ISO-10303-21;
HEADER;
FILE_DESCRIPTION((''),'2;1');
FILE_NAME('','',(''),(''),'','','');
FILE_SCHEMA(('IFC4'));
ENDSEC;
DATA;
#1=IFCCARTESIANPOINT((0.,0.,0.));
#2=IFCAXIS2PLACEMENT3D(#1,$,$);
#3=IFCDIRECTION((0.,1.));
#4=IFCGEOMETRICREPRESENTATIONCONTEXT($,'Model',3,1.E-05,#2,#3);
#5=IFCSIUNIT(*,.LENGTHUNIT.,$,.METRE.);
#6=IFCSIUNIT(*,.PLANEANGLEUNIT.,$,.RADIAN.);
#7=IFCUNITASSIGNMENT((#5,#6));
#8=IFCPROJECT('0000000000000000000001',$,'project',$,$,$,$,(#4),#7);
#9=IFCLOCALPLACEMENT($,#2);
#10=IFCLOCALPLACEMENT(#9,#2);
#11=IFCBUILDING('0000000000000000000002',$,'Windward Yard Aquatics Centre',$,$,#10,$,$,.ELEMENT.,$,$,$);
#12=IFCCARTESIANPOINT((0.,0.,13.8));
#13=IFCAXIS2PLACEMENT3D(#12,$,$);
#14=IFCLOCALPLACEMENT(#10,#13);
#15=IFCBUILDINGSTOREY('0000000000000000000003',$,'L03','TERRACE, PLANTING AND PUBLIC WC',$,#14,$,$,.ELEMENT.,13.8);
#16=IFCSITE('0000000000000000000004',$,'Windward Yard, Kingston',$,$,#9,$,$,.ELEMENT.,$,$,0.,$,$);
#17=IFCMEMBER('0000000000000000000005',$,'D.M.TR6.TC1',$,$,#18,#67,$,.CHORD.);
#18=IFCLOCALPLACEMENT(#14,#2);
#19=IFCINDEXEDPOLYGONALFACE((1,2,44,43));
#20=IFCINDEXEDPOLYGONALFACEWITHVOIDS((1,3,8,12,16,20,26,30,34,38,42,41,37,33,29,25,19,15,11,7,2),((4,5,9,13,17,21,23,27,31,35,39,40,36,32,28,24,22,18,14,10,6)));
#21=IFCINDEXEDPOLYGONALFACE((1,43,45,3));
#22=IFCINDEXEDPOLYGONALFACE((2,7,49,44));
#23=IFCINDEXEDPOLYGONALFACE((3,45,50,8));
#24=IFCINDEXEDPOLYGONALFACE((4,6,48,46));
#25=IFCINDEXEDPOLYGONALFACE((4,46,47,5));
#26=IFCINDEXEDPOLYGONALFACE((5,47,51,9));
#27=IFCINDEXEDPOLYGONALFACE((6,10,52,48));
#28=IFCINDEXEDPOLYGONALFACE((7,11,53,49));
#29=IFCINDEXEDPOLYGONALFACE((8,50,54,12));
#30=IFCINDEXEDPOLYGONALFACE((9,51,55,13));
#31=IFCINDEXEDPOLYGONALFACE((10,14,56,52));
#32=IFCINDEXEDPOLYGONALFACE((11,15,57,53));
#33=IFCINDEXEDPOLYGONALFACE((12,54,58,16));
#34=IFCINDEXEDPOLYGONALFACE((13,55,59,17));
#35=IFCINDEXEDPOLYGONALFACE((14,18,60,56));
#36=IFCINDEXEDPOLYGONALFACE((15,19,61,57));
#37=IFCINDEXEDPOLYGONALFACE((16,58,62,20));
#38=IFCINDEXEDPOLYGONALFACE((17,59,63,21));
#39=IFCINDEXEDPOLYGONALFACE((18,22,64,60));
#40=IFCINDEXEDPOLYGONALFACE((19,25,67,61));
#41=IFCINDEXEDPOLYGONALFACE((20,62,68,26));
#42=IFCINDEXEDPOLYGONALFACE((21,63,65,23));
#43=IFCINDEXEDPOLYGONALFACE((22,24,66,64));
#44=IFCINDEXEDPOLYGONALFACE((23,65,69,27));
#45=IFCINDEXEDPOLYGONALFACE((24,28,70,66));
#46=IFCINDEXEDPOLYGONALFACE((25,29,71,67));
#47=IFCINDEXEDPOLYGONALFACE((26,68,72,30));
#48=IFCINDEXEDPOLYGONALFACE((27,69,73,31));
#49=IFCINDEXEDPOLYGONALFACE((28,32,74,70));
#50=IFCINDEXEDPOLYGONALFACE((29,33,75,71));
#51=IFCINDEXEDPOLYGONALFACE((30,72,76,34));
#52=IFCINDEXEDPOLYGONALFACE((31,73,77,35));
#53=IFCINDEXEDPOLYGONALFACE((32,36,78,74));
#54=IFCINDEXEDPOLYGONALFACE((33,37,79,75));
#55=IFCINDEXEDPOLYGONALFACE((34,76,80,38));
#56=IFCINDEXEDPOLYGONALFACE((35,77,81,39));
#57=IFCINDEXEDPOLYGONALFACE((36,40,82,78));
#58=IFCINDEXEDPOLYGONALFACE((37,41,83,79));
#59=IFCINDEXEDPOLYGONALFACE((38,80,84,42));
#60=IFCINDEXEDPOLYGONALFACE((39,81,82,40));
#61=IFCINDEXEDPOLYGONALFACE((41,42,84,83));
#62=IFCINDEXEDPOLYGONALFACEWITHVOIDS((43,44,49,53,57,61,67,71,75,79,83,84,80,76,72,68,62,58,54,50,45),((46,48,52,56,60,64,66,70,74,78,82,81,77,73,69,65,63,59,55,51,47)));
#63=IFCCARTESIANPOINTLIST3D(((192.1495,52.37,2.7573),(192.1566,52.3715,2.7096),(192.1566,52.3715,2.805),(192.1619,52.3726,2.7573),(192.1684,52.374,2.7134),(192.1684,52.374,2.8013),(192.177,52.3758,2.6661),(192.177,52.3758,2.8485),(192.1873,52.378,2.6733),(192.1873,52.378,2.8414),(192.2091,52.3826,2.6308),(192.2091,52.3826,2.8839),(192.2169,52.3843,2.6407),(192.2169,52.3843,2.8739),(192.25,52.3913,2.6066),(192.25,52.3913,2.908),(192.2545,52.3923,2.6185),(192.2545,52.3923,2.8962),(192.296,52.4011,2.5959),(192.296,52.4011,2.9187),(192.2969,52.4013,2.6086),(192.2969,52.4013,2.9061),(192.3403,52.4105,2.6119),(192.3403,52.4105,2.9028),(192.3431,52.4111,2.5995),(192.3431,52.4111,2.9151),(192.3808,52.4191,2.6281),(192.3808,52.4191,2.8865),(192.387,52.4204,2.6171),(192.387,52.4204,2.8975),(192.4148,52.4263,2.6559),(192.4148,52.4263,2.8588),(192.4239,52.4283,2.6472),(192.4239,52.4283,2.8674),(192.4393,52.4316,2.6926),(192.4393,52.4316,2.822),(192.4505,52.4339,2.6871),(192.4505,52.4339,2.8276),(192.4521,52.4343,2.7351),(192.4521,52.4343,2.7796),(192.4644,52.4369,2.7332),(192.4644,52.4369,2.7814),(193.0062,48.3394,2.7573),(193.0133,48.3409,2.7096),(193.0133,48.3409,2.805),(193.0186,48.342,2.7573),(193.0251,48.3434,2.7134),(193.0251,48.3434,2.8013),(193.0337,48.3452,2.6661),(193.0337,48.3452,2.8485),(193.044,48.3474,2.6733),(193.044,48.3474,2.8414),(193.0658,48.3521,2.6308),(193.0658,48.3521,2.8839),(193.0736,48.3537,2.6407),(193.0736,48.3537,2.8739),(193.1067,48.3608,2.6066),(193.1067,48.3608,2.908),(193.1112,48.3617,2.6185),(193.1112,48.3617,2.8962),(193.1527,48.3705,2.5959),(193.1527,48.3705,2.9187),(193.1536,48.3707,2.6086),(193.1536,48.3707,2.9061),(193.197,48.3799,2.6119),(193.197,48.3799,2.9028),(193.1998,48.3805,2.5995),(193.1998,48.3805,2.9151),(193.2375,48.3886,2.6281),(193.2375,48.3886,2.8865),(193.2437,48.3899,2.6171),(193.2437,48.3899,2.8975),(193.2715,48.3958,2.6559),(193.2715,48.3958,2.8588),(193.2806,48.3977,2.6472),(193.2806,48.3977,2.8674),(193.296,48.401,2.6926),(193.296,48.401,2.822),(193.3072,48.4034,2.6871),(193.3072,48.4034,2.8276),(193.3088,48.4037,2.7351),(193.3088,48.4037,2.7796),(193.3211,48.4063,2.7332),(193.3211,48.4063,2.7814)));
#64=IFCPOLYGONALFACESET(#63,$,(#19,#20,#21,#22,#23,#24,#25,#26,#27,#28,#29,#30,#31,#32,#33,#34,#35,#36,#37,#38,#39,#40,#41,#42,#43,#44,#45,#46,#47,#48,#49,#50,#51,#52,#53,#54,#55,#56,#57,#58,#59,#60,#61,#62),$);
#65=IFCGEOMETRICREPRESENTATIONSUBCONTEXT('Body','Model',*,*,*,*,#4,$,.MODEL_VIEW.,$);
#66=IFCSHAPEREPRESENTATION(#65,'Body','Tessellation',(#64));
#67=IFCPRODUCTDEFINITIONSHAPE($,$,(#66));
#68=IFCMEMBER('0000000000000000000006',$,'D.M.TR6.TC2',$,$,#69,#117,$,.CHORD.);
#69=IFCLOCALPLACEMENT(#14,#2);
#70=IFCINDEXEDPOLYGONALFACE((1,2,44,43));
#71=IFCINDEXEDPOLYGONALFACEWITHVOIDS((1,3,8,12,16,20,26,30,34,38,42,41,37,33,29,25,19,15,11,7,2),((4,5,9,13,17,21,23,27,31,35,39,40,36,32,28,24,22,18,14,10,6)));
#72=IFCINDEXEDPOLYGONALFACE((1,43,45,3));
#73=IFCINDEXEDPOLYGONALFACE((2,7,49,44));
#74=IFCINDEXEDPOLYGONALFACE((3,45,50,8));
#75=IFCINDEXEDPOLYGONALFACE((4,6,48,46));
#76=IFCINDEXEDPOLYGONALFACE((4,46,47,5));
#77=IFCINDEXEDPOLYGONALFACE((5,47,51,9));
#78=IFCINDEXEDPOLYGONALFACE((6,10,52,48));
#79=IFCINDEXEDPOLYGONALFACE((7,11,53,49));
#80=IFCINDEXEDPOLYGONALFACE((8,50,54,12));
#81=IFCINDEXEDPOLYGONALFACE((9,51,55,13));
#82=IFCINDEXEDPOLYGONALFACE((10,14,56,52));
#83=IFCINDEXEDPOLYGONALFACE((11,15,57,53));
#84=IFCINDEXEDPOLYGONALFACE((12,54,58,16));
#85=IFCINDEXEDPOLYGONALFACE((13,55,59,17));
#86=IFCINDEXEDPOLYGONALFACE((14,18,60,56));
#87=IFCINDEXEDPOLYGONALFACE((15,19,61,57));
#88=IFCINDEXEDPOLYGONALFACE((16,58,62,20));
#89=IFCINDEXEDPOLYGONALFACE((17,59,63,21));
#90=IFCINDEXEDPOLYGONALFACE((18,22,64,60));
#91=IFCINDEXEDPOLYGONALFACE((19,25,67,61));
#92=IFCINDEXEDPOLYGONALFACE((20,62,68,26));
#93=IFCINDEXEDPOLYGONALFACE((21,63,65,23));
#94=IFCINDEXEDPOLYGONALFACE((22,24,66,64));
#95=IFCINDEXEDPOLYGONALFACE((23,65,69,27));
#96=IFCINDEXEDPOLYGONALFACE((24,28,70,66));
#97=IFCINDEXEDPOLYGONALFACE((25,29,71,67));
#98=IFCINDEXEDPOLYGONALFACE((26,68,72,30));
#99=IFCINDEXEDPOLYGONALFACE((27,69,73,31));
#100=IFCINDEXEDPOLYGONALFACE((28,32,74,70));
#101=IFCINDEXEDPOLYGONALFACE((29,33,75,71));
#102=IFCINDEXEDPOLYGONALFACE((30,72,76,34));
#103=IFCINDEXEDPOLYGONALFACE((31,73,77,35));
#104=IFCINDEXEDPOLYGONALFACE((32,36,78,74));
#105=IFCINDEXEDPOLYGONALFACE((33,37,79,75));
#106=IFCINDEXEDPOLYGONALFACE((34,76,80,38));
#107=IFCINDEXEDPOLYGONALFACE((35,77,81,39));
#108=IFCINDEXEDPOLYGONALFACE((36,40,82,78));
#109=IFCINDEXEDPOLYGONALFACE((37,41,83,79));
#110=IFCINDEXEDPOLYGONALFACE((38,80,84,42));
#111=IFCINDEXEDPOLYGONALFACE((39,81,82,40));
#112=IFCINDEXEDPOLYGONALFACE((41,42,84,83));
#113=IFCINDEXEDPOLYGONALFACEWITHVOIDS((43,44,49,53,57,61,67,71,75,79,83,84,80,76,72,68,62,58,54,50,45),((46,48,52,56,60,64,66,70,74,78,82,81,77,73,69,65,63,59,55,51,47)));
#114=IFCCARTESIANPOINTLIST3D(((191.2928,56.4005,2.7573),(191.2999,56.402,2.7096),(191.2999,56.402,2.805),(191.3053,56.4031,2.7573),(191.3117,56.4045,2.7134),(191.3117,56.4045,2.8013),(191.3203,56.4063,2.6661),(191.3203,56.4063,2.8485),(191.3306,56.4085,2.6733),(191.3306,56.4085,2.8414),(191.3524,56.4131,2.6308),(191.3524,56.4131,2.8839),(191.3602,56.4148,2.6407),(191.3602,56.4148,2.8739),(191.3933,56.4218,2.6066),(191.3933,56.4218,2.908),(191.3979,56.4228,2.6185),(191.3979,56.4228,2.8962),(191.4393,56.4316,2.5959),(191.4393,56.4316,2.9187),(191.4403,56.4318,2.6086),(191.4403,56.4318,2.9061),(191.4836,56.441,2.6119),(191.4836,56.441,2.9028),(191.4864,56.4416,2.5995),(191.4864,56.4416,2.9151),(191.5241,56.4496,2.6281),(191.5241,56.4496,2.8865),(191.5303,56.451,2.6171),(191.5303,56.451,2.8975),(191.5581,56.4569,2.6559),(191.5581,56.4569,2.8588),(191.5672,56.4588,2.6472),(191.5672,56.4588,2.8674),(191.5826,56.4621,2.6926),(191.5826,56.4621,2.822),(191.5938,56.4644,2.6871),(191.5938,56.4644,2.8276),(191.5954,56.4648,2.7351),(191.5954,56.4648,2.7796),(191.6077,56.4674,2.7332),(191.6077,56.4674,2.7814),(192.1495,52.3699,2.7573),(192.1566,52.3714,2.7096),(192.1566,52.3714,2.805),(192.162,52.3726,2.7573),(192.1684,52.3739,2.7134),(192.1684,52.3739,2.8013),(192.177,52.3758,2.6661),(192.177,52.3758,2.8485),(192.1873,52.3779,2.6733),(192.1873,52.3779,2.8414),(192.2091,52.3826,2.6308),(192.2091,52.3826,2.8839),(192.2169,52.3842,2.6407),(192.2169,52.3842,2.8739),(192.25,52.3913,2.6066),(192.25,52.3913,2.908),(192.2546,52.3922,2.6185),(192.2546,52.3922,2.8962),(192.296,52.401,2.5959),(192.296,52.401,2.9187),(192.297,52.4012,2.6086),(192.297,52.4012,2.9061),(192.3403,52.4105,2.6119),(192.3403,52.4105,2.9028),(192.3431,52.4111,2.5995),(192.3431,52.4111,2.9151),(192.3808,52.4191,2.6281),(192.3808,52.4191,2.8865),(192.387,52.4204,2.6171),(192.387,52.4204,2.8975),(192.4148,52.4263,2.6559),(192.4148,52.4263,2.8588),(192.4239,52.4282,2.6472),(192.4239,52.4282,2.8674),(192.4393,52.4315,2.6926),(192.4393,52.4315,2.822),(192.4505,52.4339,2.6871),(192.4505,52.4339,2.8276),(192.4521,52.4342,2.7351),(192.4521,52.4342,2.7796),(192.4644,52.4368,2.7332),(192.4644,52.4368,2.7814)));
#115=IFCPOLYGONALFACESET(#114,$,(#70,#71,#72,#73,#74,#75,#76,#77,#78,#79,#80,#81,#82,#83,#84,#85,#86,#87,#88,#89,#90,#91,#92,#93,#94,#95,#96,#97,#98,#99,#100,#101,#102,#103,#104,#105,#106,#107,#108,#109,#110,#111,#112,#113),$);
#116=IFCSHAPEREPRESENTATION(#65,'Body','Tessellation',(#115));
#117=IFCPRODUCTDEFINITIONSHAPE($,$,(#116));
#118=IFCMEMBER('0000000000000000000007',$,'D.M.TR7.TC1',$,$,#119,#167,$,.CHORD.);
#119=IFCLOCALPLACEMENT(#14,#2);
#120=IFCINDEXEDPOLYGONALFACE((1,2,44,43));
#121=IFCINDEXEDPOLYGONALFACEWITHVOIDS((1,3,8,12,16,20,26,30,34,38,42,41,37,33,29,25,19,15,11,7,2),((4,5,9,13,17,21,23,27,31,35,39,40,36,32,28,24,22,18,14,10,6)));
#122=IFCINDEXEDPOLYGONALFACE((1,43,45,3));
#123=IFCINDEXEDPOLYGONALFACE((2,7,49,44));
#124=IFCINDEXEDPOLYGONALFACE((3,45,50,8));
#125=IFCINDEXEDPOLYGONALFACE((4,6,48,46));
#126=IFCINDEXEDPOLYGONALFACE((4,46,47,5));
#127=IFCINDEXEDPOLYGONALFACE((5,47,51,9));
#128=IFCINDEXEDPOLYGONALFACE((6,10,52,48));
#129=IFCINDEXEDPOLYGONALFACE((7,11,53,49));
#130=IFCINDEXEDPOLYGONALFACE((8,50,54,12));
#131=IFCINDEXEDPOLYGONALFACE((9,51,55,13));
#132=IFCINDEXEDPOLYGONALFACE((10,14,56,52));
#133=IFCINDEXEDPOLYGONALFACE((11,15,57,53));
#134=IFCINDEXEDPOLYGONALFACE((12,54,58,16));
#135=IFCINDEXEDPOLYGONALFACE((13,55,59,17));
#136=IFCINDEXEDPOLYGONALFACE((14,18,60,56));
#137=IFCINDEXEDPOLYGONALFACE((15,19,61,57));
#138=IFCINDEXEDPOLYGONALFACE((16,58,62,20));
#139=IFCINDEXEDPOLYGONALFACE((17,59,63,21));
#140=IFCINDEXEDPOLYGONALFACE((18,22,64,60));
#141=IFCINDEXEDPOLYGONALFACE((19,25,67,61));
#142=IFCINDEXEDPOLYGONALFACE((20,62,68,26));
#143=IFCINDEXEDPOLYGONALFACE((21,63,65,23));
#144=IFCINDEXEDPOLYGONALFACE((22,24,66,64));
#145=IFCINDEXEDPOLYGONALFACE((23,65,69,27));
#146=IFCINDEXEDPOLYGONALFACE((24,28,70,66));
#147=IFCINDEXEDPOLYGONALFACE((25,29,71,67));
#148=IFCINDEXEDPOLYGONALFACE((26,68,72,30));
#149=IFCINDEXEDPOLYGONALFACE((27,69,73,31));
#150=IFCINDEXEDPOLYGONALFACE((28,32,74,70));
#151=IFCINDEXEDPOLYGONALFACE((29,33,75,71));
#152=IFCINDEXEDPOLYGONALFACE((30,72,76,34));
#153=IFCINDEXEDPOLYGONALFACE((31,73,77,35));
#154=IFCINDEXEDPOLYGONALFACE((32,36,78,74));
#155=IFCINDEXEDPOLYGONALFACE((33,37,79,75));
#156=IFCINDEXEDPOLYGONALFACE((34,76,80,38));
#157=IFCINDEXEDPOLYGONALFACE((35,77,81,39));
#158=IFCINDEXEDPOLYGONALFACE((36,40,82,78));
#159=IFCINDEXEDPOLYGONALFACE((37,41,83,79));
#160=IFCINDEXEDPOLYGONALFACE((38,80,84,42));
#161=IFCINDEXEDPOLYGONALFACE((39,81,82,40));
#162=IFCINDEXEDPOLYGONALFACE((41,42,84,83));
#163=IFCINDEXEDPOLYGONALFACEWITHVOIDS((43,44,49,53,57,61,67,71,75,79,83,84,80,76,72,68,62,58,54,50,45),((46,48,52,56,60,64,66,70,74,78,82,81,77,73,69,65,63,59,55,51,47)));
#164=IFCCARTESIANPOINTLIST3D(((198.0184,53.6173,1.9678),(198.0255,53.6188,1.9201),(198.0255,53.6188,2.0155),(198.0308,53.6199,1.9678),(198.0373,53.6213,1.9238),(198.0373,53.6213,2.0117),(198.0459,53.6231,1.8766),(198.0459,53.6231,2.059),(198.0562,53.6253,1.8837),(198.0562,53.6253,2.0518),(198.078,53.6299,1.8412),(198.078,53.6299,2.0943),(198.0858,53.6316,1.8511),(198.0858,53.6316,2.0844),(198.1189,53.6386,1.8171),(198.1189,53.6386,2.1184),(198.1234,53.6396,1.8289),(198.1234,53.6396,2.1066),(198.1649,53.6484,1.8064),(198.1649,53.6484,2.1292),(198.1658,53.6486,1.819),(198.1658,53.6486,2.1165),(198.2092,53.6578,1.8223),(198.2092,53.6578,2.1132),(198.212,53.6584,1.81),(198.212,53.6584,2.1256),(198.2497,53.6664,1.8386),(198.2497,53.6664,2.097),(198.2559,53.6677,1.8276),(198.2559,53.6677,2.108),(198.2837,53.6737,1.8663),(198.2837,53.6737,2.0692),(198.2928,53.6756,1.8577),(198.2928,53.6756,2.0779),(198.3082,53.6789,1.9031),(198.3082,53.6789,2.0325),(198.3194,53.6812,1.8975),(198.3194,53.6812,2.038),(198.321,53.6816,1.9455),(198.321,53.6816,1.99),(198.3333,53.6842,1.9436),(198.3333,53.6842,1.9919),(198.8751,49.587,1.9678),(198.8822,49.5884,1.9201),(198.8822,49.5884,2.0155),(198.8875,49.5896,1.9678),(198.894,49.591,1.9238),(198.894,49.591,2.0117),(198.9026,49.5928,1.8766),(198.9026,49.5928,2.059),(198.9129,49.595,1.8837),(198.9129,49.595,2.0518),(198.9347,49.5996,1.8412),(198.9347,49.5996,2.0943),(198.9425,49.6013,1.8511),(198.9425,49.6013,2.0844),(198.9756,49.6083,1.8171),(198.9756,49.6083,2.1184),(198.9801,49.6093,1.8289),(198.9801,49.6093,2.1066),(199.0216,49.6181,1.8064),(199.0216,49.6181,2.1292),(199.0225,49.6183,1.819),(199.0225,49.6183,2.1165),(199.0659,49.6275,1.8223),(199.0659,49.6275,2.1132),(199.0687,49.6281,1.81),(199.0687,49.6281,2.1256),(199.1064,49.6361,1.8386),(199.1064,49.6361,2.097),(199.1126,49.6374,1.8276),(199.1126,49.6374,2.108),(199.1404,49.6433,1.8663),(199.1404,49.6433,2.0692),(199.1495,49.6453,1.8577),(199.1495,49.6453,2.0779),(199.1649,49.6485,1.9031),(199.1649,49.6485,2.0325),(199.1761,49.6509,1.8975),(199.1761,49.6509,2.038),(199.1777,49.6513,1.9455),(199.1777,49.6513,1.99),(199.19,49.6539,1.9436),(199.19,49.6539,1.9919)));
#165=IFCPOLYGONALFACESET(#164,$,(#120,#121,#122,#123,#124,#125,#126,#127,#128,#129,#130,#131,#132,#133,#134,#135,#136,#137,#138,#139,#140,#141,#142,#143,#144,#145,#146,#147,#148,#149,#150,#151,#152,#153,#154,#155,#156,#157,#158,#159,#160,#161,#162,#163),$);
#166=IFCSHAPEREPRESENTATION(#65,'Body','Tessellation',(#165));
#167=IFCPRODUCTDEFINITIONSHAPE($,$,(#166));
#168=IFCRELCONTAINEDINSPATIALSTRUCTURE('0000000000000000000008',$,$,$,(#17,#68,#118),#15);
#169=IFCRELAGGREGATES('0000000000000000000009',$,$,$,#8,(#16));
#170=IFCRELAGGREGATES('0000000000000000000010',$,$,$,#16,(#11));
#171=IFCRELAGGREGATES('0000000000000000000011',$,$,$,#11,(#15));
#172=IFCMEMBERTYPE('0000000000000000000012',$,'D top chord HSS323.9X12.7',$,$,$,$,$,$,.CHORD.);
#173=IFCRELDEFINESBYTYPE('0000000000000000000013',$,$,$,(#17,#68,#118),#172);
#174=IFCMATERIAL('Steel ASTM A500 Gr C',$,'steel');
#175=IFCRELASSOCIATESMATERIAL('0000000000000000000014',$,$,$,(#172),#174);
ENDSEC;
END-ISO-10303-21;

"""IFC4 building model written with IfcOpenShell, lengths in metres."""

from ifc_helpers import new_model, si_unit, direction, frame, origin, origin_2d, place, context, subcontext, project, spatial, hollow_circle, extrude, material, material_profile, profile_set, type_object, element, save


model = new_model("IFC4")

# Units and contexts
model_context = context("Model", 3, precision=1e-05, world=origin(), true_north=direction((0.0, 1.0)))
body_context = subcontext(model_context, "Body", "Model", "MODEL_VIEW")
ifc_project = project(units=[si_unit("LENGTHUNIT", "METRE"), si_unit("PLANEANGLEUNIT", "RADIAN")], contexts=[model_context])

# Site, building, storey
site_placement = place(None, origin())
site = spatial("IfcSite", under=ifc_project, at=site_placement, Name="Windward Yard, Kingston", CompositionType="ELEMENT", RefElevation=0.0)
building_placement = place(site_placement, origin())
building = spatial("IfcBuilding", under=site, at=building_placement, Name="Windward Yard Aquatics Centre", CompositionType="ELEMENT")
storey_placement = place(building_placement, frame((0.0, 0.0, 13.8)))
storey = spatial("IfcBuildingStorey", under=building, at=storey_placement, Name="L03", Description="TERRACE, PLANTING AND PUBLIC WC", CompositionType="ELEMENT", Elevation=13.8)

# Shared definitions
ifc_material_1 = material(Name="Steel ASTM A500 Gr C", Category="steel")

# Members
ifc_material_profile_1 = material_profile(ifc_material_1, hollow_circle(Radius=0.1619, WallThickness=0.0127, at=origin_2d()), Name="HSS323.9X12.7")
ifc_profile_set_1 = profile_set([ifc_material_profile_1], Name="Steel ASTM A500 Gr C")
member_type_1 = type_object("IfcMemberType", Name="D top chord HSS323.9X12.7", PredefinedType="CHORD", material=ifc_profile_set_1)
for number, where, z_axis, x_axis, name in (
    (1, (193.1646, 48.373, 2.7573), (-0.207906, 0.978149, 0.0), (-0.978149, -0.207906, 0.0), "D.M.TR6.TC1"),
    (2, (192.3079, 52.4036, 2.7573), (-0.207906, 0.978149, 0.0), (-0.978149, -0.207906, 0.0), "D.M.TR6.TC2"),
):
    element("IfcMember", number, at=place(storey_placement, frame(where, z_axis=z_axis, x_axis=x_axis)), inside=storey, type_object=member_type_1, Name=name, PredefinedType="CHORD", context=body_context, shape_type="SweptSolid", body=[
        extrude(hollow_circle(Radius=0.1619, WallThickness=0.0127, at=origin_2d()), origin(), (0.0, 0.0, 1.0), 4.1206),
    ])
member_1_placement = place(storey_placement, frame((199.0334, 49.6206, 1.9678), z_axis=(-0.207918, 0.978146, 0.0), x_axis=(-0.978146, -0.207918, 0.0)))
element("IfcMember", 3, at=member_1_placement, inside=storey, type_object=member_type_1, Name="D.M.TR7.TC1", PredefinedType="CHORD", context=body_context, shape_type="SweptSolid", body=[
    extrude(hollow_circle(Radius=0.1619, WallThickness=0.0127, at=origin_2d()), origin(), (0.0, 0.0, 1.0), 4.1204),
])

save(model, "model.ifc")
